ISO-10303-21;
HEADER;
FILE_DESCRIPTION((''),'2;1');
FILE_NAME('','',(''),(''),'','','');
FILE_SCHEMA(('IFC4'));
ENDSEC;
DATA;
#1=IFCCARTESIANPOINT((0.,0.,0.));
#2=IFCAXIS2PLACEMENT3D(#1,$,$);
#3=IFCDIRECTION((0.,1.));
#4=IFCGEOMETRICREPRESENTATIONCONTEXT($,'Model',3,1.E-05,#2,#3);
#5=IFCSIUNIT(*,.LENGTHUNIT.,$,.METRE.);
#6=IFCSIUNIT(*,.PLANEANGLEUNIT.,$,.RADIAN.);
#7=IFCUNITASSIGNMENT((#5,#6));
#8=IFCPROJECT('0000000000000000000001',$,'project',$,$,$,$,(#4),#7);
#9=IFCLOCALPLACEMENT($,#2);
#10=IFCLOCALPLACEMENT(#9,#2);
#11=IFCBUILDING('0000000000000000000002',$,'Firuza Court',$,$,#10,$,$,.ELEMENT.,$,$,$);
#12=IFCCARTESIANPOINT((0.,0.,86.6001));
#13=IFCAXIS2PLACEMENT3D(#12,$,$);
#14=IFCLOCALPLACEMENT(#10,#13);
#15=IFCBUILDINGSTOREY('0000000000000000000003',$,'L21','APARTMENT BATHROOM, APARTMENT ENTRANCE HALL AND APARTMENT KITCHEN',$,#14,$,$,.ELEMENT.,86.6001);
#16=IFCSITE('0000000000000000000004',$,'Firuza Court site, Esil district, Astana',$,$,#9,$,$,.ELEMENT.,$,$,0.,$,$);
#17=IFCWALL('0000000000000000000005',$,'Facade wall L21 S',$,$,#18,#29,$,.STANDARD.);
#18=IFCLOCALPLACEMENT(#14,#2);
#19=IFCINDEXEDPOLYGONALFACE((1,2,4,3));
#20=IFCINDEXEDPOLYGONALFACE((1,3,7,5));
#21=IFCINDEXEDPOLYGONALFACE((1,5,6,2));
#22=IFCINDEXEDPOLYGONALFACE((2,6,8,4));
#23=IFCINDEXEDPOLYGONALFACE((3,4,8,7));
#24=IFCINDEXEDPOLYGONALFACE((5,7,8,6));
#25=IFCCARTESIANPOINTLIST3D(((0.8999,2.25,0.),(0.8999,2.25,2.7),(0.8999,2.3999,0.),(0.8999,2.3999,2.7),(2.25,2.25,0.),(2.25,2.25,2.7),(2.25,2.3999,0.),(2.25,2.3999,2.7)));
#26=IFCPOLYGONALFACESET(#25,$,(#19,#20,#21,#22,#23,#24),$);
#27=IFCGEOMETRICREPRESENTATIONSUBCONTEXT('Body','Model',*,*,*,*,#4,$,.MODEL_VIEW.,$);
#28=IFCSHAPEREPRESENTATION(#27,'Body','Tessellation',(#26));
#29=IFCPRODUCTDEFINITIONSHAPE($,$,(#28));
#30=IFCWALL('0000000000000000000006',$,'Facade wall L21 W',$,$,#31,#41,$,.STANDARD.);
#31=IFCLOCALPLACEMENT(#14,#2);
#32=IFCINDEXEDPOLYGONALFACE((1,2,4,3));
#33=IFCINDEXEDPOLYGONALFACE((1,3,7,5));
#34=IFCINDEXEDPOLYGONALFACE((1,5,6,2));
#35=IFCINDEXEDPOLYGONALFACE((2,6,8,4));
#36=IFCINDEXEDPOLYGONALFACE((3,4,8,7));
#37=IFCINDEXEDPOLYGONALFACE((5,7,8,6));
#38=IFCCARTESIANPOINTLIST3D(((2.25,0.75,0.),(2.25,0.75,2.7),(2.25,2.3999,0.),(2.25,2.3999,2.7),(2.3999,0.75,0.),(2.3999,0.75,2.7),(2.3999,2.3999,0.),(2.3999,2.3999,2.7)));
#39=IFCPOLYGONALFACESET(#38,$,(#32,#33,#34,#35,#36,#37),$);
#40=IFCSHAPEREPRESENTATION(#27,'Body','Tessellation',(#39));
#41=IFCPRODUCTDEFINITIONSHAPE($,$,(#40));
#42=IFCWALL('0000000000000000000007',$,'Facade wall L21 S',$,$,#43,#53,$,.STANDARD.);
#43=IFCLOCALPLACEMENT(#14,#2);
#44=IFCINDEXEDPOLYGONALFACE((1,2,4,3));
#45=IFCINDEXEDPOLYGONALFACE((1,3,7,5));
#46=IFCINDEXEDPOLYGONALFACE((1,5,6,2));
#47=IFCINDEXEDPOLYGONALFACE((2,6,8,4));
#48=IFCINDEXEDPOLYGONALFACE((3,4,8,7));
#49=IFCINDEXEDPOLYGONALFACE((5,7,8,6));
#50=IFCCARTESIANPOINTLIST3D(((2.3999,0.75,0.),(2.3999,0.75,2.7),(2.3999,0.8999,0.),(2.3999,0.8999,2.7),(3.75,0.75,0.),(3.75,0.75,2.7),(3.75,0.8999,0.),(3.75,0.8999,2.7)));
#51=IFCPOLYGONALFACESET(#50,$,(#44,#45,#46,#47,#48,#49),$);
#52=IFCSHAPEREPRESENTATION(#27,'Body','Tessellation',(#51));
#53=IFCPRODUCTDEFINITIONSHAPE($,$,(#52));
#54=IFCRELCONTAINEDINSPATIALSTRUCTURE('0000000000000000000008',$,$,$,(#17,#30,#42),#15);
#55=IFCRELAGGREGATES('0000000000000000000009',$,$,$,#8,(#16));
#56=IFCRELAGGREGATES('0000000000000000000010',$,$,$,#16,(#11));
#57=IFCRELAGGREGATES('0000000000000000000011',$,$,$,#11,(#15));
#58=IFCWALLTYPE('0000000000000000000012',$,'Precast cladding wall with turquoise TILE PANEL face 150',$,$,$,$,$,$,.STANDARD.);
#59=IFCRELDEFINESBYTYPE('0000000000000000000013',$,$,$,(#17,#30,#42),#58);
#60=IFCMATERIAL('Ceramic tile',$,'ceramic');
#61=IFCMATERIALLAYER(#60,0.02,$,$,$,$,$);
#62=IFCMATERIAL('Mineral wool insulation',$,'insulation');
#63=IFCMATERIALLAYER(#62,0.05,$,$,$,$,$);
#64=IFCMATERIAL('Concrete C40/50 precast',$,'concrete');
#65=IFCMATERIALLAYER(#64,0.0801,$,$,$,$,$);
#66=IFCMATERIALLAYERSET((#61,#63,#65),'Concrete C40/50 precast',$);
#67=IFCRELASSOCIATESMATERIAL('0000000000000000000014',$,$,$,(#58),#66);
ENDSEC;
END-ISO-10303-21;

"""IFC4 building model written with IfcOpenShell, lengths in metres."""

from ifc_helpers import new_model, si_unit, direction, frame, frame_2d, origin, place, context, subcontext, project, spatial, rectangle, extrude, material, layer, layer_set, type_object, element, save


model = new_model("IFC4")

# Units and contexts
model_context = context("Model", 3, precision=1e-05, world=origin(), true_north=direction((0.0, 1.0)))
body_context = subcontext(model_context, "Body", "Model", "MODEL_VIEW")
ifc_project = project(units=[si_unit("LENGTHUNIT", "METRE"), si_unit("PLANEANGLEUNIT", "RADIAN")], contexts=[model_context])

# Site, building, storey
site_placement = place(None, origin())
site = spatial("IfcSite", under=ifc_project, at=site_placement, Name="Firuza Court site, Esil district, Astana", CompositionType="ELEMENT", RefElevation=0.0)
building_placement = place(site_placement, origin())
building = spatial("IfcBuilding", under=site, at=building_placement, Name="Firuza Court", CompositionType="ELEMENT")
storey_placement = place(building_placement, frame((0.0, 0.0, 86.6001)))
storey = spatial("IfcBuildingStorey", under=building, at=storey_placement, Name="L21", Description="APARTMENT BATHROOM, APARTMENT ENTRANCE HALL AND APARTMENT KITCHEN", CompositionType="ELEMENT", Elevation=86.6001)

# Shared definitions
ifc_material_1 = material(Name="Concrete C40/50 precast", Category="concrete")

# Walls
ifc_material_2 = material(Name="Ceramic tile", Category="ceramic")
ifc_layer_1 = layer(ifc_material_2, 0.02)
ifc_material_3 = material(Name="Mineral wool insulation", Category="insulation")
ifc_layer_2 = layer(ifc_material_3, 0.05)
ifc_layer_3 = layer(ifc_material_1, 0.0801)
ifc_layer_set_1 = layer_set([ifc_layer_1, ifc_layer_2, ifc_layer_3], Name="Concrete C40/50 precast")
wall_type_1 = type_object("IfcWallType", Name="Precast cladding wall with turquoise TILE PANEL face 150", PredefinedType="STANDARD", material=ifc_layer_set_1)
wall_1_placement = place(storey_placement, frame((0.8999, 2.325, 0.0), z_axis=(0.0, 0.0, 1.0), x_axis=(1.0, 0.0, 0.0)))
element("IfcWall", 1, at=wall_1_placement, inside=storey, type_object=wall_type_1, Name="Facade wall L21 S", PredefinedType="STANDARD", context=body_context, shape_type="SweptSolid", body=[
    extrude(rectangle(XDim=1.3501, YDim=0.1499, at=frame_2d((0.675, 0.0))), origin(), (0.0, 0.0, 1.0), 2.7),
])
wall_2_placement = place(storey_placement, frame((2.325, 2.3999, 0.0), z_axis=(0.0, 0.0, 1.0), x_axis=(0.0, -1.0, 0.0)))
element("IfcWall", 2, at=wall_2_placement, inside=storey, type_object=wall_type_1, Name="Facade wall L21 W", PredefinedType="STANDARD", context=body_context, shape_type="SweptSolid", body=[
    extrude(rectangle(XDim=1.6499, YDim=0.1499, at=frame_2d((0.825, 0.0))), origin(), (0.0, 0.0, 1.0), 2.7),
])
wall_3_placement = place(storey_placement, frame((2.3999, 0.825, 0.0), z_axis=(0.0, 0.0, 1.0), x_axis=(1.0, 0.0, 0.0)))
element("IfcWall", 3, at=wall_3_placement, inside=storey, type_object=wall_type_1, Name="Facade wall L21 S", PredefinedType="STANDARD", context=body_context, shape_type="SweptSolid", body=[
    extrude(rectangle(XDim=1.3501, YDim=0.1499, at=frame_2d((0.675, 0.0))), origin(), (0.0, 0.0, 1.0), 2.7),
])

save(model, "model.ifc")
